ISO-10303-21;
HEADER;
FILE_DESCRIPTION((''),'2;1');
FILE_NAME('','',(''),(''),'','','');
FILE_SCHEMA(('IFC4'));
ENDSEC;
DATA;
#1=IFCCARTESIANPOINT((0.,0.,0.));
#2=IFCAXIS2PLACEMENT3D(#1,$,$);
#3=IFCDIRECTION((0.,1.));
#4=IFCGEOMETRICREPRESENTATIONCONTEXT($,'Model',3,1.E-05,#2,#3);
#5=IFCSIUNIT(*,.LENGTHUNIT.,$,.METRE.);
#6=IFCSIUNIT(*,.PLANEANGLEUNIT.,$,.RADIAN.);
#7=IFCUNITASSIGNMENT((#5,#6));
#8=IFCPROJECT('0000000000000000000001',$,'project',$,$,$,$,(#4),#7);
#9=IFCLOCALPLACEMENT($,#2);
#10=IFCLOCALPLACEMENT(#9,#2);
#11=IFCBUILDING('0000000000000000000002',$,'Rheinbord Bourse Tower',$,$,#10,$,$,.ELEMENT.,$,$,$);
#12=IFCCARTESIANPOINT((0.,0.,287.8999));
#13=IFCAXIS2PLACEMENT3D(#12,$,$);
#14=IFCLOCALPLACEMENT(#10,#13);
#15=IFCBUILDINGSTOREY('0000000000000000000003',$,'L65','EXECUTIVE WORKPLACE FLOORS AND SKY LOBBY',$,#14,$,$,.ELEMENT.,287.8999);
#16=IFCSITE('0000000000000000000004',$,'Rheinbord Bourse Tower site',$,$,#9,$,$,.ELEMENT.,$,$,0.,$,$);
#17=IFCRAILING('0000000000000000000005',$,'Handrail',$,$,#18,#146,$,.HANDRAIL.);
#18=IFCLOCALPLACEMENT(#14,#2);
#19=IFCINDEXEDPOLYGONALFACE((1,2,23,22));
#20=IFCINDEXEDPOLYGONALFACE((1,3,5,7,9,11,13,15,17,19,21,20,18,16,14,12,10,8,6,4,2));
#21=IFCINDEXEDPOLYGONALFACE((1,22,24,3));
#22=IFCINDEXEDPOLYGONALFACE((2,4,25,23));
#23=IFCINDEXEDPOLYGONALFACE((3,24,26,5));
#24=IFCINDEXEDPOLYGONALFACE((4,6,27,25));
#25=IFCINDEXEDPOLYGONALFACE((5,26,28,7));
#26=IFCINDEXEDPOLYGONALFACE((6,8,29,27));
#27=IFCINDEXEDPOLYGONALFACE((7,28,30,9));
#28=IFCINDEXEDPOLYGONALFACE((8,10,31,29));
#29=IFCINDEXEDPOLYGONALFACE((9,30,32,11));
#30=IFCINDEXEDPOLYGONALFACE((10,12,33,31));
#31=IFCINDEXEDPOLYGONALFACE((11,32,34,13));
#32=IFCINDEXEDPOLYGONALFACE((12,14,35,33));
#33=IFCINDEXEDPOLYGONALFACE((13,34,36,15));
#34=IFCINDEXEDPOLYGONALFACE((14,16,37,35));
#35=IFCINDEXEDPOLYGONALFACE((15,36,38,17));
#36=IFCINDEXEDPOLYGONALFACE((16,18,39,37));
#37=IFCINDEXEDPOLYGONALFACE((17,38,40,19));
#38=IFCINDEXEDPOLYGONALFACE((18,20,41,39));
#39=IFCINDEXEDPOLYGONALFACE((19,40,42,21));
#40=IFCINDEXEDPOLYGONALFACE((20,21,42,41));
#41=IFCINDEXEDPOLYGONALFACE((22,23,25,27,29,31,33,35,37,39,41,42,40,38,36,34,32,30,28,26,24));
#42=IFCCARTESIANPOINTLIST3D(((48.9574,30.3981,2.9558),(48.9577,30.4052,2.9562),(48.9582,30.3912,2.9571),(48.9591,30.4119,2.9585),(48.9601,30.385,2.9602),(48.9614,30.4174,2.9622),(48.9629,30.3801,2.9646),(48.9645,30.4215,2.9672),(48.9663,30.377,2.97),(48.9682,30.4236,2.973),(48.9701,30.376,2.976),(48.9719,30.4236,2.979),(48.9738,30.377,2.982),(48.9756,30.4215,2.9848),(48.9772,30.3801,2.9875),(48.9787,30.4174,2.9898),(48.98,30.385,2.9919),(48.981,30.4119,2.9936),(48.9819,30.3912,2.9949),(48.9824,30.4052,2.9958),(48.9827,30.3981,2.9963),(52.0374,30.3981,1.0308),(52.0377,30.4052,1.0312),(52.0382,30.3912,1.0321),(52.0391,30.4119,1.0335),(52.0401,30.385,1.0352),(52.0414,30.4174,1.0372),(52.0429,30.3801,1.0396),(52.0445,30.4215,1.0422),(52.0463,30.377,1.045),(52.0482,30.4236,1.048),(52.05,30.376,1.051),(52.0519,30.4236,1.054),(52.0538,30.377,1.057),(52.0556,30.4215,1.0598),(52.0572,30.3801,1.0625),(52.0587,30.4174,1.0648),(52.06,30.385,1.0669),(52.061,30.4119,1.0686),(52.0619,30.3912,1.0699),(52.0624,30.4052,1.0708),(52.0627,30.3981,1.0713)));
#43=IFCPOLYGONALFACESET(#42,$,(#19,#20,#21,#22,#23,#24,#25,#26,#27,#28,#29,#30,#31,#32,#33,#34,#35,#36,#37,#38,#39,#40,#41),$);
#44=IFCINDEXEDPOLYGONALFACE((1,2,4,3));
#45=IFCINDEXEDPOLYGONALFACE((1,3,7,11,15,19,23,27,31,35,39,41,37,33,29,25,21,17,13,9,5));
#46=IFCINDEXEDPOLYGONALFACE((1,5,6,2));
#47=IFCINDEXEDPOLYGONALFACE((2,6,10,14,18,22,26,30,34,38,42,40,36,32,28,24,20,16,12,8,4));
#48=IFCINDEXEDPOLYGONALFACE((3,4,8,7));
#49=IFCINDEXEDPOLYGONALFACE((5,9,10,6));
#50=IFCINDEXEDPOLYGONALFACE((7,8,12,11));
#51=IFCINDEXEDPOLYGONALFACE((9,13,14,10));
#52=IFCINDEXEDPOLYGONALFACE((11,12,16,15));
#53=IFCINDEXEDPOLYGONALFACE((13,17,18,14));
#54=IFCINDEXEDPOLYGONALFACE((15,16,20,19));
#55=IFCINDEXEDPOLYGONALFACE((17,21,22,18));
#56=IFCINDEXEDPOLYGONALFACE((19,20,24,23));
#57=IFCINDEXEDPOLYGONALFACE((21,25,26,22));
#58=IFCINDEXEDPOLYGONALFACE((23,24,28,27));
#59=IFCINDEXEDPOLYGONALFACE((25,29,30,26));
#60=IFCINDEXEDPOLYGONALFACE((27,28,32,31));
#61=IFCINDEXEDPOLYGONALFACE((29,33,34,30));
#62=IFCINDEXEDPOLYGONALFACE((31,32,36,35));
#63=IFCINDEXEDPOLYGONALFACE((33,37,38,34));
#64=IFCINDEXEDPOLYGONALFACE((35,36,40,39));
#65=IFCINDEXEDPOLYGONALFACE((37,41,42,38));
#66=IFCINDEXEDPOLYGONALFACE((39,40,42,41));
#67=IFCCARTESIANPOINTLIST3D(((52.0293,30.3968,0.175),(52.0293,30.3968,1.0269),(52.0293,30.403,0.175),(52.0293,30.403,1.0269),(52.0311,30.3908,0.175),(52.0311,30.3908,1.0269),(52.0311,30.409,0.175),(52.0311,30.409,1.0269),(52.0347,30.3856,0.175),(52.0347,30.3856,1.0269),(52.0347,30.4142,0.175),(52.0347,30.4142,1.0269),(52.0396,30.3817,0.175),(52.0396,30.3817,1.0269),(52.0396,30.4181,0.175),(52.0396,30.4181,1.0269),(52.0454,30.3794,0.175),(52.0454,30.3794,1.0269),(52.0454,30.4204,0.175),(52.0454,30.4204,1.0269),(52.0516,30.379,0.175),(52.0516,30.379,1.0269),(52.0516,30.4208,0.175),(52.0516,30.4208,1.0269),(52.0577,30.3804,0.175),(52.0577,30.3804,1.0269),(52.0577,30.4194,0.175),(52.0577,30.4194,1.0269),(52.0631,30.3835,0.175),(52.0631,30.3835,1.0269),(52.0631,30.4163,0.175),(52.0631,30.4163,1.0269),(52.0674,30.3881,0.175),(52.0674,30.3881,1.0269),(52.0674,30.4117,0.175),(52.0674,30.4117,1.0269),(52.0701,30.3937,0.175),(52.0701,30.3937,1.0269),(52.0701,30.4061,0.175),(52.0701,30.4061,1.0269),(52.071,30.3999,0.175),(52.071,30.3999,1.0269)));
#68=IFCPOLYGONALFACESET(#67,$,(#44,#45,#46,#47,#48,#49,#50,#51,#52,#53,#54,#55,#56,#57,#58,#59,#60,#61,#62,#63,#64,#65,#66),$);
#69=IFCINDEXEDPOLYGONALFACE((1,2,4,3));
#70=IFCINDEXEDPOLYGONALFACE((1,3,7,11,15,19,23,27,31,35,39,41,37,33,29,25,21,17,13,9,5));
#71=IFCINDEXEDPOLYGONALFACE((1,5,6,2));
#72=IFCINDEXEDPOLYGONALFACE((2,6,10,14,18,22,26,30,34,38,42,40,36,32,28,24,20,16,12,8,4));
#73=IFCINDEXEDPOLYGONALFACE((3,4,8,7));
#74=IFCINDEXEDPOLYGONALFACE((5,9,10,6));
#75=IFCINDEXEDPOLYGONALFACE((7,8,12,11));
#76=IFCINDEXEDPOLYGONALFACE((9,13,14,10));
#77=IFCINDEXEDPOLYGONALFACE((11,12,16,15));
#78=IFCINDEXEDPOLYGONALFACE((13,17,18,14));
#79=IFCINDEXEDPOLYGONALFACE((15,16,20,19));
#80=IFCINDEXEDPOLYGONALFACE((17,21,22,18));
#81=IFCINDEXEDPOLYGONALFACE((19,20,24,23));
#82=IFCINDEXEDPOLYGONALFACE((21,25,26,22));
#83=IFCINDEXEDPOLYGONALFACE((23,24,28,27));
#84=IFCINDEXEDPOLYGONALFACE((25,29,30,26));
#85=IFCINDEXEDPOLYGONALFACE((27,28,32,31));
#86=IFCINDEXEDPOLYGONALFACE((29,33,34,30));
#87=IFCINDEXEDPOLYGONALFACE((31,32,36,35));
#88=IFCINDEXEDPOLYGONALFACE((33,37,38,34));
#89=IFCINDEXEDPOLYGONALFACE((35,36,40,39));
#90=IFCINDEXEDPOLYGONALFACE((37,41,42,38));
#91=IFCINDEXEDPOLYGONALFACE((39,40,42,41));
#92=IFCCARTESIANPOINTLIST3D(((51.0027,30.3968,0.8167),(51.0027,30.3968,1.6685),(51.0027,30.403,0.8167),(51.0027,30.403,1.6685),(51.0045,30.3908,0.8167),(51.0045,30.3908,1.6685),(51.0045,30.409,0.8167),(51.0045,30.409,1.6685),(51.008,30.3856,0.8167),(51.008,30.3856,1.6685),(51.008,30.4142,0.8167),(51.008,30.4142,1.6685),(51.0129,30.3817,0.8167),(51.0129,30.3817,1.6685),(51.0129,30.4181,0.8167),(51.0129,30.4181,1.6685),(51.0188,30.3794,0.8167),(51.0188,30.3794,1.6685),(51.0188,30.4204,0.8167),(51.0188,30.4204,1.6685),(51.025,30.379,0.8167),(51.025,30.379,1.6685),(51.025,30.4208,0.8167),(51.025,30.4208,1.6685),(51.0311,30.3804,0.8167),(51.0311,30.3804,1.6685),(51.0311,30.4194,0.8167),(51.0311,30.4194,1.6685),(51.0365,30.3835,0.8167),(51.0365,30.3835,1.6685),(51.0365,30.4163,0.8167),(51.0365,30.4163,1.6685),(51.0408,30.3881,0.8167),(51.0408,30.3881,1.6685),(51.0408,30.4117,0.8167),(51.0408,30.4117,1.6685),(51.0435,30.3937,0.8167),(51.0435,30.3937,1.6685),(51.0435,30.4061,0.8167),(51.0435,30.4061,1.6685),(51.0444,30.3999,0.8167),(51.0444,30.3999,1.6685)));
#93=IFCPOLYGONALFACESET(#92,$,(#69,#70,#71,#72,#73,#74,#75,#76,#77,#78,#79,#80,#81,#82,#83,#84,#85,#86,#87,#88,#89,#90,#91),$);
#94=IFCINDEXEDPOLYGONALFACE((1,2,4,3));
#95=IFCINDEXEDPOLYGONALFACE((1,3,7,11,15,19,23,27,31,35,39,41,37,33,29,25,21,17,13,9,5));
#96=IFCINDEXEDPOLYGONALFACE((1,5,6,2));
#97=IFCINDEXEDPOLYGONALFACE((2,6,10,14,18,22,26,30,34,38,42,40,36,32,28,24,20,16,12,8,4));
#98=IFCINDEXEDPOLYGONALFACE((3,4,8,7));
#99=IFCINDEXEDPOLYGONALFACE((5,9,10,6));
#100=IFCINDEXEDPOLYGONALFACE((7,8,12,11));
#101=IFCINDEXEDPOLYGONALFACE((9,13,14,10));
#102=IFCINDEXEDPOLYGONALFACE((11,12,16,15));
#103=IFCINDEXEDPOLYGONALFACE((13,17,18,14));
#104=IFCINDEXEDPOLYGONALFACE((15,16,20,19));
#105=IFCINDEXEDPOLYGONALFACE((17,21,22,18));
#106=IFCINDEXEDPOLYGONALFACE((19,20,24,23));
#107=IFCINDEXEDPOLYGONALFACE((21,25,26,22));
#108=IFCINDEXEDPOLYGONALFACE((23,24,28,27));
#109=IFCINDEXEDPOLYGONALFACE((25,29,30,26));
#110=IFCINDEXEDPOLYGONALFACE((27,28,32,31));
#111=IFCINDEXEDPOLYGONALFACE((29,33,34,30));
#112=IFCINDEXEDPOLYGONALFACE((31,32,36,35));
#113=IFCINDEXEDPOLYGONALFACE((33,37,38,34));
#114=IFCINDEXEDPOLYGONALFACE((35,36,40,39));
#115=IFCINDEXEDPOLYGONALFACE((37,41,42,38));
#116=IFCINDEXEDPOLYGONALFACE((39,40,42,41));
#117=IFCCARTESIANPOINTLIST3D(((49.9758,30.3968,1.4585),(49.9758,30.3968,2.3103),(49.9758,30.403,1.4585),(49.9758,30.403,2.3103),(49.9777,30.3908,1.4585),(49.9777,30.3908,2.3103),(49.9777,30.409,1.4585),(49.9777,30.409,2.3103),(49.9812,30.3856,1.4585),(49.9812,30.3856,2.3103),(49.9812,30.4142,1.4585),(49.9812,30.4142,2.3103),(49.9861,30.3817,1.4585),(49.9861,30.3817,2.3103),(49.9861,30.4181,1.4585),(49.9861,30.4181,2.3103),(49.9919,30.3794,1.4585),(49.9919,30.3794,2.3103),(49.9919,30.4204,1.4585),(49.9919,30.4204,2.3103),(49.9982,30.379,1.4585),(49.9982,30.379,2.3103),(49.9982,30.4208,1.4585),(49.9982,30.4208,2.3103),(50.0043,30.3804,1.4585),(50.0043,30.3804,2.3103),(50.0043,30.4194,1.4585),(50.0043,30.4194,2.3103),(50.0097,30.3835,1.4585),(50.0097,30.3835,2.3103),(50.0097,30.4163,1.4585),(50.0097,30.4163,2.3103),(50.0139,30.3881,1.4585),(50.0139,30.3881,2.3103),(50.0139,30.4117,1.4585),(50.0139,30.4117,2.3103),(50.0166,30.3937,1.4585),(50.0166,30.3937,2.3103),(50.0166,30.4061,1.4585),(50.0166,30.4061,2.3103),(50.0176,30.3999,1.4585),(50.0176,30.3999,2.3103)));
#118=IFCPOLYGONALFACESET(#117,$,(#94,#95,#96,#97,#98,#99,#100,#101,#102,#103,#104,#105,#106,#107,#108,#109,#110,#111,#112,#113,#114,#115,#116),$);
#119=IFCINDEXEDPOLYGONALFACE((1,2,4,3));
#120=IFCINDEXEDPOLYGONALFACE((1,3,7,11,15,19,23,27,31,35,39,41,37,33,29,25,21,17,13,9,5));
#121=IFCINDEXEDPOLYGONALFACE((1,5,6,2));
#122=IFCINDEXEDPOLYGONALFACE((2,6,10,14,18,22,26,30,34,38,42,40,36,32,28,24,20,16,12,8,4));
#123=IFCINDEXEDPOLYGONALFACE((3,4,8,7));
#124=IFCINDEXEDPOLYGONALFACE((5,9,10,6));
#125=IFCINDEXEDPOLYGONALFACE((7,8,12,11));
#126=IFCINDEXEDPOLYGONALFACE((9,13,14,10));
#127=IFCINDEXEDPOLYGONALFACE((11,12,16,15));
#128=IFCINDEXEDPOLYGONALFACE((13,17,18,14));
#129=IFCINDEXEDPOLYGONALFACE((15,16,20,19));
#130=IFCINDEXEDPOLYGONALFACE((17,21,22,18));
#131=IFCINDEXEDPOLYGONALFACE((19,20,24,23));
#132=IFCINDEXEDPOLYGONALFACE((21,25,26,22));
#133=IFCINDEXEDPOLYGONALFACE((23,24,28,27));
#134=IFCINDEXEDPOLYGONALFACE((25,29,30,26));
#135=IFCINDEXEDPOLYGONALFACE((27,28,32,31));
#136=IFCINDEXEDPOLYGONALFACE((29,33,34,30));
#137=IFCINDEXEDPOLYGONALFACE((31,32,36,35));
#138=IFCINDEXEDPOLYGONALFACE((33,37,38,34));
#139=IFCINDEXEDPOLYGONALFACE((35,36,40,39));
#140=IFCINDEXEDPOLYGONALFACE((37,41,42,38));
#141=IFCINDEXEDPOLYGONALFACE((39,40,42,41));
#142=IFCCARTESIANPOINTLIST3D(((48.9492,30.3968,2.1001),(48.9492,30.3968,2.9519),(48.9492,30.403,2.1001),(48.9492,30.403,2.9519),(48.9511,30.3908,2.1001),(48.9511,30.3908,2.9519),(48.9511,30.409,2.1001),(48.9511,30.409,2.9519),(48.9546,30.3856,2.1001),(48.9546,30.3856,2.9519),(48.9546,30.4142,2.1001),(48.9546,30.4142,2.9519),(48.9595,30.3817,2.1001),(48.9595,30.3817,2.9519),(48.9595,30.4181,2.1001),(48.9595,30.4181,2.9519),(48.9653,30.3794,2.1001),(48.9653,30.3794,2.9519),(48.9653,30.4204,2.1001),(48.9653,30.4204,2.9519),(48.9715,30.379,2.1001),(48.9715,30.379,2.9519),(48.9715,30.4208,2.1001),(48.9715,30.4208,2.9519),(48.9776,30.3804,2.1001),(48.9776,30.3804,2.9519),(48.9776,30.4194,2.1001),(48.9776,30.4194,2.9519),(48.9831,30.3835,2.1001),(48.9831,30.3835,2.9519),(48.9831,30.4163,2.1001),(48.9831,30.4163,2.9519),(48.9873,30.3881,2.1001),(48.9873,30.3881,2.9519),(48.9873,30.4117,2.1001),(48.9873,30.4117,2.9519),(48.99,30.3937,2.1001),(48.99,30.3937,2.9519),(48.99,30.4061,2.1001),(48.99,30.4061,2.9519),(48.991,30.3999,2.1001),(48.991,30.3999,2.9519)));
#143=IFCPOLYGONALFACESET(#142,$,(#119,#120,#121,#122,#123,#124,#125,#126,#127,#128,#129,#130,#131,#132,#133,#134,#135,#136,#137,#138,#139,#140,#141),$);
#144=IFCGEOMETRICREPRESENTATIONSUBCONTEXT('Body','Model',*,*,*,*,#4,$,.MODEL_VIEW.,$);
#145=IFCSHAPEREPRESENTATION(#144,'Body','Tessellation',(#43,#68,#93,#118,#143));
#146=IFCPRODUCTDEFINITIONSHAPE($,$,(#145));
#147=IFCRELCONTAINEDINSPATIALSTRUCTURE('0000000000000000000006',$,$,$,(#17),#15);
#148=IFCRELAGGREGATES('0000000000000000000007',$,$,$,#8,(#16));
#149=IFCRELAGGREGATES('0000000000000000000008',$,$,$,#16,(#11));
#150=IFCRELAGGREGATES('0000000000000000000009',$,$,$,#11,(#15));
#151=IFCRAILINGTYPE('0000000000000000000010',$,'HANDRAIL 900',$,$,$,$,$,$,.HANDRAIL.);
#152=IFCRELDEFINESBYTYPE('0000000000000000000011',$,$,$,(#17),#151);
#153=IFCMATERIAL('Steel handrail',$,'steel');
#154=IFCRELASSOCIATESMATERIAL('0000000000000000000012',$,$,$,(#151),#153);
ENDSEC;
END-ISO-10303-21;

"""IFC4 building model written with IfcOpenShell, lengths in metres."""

from ifc_helpers import new_model, si_unit, direction, frame, origin, origin_2d, place, context, subcontext, project, spatial, circle, extrude, material, type_object, element, save


model = new_model("IFC4")

# Units and contexts
model_context = context("Model", 3, precision=1e-05, world=origin(), true_north=direction((0.0, 1.0)))
body_context = subcontext(model_context, "Body", "Model", "MODEL_VIEW")
ifc_project = project(units=[si_unit("LENGTHUNIT", "METRE"), si_unit("PLANEANGLEUNIT", "RADIAN")], contexts=[model_context])

# Site, building, storey
site_placement = place(None, origin())
site = spatial("IfcSite", under=ifc_project, at=site_placement, Name="Rheinbord Bourse Tower site", CompositionType="ELEMENT", RefElevation=0.0)
building_placement = place(site_placement, origin())
building = spatial("IfcBuilding", under=site, at=building_placement, Name="Rheinbord Bourse Tower", CompositionType="ELEMENT")
storey_placement = place(building_placement, frame((0.0, 0.0, 287.8999)))
storey = spatial("IfcBuildingStorey", under=building, at=storey_placement, Name="L65", Description="EXECUTIVE WORKPLACE FLOORS AND SKY LOBBY", CompositionType="ELEMENT", Elevation=287.8999)

# Railing
ifc_material_1 = material(Name="Steel handrail", Category="steel")
railing_type = type_object("IfcRailingType", Name="HANDRAIL 900", PredefinedType="HANDRAIL", material=ifc_material_1)
railing_1_placement = place(storey_placement, frame((52.05, 30.3999, 0.175)))
element("IfcRailing", 1, at=railing_1_placement, inside=storey, type_object=railing_type, Name="Handrail", PredefinedType="HANDRAIL", context=body_context, shape_type="SweptSolid", body=[
    extrude(circle(Radius=0.0239, at=origin_2d()), frame((0.0, 0.0, 0.876), z_axis=(-0.847998, 0.0, 0.529999), x_axis=(0.0, -1.0, 0.0)), (0.0, 0.0, 1.0), 3.6321),
    extrude(circle(Radius=0.021, at=origin_2d()), origin(), (0.0, 0.0, 1.0), 0.8518),
    extrude(circle(Radius=0.021, at=origin_2d()), frame((-1.0266, 0.0, 0.6416)), (0.0, 0.0, 1.0), 0.8518),
    extrude(circle(Radius=0.021, at=origin_2d()), frame((-2.0535, 0.0, 1.2834)), (0.0, 0.0, 1.0), 0.8518),
    extrude(circle(Radius=0.021, at=origin_2d()), frame((-3.0801, 0.0, 1.925)), (0.0, 0.0, 1.0), 0.8518),
])

save(model, "model.ifc")
